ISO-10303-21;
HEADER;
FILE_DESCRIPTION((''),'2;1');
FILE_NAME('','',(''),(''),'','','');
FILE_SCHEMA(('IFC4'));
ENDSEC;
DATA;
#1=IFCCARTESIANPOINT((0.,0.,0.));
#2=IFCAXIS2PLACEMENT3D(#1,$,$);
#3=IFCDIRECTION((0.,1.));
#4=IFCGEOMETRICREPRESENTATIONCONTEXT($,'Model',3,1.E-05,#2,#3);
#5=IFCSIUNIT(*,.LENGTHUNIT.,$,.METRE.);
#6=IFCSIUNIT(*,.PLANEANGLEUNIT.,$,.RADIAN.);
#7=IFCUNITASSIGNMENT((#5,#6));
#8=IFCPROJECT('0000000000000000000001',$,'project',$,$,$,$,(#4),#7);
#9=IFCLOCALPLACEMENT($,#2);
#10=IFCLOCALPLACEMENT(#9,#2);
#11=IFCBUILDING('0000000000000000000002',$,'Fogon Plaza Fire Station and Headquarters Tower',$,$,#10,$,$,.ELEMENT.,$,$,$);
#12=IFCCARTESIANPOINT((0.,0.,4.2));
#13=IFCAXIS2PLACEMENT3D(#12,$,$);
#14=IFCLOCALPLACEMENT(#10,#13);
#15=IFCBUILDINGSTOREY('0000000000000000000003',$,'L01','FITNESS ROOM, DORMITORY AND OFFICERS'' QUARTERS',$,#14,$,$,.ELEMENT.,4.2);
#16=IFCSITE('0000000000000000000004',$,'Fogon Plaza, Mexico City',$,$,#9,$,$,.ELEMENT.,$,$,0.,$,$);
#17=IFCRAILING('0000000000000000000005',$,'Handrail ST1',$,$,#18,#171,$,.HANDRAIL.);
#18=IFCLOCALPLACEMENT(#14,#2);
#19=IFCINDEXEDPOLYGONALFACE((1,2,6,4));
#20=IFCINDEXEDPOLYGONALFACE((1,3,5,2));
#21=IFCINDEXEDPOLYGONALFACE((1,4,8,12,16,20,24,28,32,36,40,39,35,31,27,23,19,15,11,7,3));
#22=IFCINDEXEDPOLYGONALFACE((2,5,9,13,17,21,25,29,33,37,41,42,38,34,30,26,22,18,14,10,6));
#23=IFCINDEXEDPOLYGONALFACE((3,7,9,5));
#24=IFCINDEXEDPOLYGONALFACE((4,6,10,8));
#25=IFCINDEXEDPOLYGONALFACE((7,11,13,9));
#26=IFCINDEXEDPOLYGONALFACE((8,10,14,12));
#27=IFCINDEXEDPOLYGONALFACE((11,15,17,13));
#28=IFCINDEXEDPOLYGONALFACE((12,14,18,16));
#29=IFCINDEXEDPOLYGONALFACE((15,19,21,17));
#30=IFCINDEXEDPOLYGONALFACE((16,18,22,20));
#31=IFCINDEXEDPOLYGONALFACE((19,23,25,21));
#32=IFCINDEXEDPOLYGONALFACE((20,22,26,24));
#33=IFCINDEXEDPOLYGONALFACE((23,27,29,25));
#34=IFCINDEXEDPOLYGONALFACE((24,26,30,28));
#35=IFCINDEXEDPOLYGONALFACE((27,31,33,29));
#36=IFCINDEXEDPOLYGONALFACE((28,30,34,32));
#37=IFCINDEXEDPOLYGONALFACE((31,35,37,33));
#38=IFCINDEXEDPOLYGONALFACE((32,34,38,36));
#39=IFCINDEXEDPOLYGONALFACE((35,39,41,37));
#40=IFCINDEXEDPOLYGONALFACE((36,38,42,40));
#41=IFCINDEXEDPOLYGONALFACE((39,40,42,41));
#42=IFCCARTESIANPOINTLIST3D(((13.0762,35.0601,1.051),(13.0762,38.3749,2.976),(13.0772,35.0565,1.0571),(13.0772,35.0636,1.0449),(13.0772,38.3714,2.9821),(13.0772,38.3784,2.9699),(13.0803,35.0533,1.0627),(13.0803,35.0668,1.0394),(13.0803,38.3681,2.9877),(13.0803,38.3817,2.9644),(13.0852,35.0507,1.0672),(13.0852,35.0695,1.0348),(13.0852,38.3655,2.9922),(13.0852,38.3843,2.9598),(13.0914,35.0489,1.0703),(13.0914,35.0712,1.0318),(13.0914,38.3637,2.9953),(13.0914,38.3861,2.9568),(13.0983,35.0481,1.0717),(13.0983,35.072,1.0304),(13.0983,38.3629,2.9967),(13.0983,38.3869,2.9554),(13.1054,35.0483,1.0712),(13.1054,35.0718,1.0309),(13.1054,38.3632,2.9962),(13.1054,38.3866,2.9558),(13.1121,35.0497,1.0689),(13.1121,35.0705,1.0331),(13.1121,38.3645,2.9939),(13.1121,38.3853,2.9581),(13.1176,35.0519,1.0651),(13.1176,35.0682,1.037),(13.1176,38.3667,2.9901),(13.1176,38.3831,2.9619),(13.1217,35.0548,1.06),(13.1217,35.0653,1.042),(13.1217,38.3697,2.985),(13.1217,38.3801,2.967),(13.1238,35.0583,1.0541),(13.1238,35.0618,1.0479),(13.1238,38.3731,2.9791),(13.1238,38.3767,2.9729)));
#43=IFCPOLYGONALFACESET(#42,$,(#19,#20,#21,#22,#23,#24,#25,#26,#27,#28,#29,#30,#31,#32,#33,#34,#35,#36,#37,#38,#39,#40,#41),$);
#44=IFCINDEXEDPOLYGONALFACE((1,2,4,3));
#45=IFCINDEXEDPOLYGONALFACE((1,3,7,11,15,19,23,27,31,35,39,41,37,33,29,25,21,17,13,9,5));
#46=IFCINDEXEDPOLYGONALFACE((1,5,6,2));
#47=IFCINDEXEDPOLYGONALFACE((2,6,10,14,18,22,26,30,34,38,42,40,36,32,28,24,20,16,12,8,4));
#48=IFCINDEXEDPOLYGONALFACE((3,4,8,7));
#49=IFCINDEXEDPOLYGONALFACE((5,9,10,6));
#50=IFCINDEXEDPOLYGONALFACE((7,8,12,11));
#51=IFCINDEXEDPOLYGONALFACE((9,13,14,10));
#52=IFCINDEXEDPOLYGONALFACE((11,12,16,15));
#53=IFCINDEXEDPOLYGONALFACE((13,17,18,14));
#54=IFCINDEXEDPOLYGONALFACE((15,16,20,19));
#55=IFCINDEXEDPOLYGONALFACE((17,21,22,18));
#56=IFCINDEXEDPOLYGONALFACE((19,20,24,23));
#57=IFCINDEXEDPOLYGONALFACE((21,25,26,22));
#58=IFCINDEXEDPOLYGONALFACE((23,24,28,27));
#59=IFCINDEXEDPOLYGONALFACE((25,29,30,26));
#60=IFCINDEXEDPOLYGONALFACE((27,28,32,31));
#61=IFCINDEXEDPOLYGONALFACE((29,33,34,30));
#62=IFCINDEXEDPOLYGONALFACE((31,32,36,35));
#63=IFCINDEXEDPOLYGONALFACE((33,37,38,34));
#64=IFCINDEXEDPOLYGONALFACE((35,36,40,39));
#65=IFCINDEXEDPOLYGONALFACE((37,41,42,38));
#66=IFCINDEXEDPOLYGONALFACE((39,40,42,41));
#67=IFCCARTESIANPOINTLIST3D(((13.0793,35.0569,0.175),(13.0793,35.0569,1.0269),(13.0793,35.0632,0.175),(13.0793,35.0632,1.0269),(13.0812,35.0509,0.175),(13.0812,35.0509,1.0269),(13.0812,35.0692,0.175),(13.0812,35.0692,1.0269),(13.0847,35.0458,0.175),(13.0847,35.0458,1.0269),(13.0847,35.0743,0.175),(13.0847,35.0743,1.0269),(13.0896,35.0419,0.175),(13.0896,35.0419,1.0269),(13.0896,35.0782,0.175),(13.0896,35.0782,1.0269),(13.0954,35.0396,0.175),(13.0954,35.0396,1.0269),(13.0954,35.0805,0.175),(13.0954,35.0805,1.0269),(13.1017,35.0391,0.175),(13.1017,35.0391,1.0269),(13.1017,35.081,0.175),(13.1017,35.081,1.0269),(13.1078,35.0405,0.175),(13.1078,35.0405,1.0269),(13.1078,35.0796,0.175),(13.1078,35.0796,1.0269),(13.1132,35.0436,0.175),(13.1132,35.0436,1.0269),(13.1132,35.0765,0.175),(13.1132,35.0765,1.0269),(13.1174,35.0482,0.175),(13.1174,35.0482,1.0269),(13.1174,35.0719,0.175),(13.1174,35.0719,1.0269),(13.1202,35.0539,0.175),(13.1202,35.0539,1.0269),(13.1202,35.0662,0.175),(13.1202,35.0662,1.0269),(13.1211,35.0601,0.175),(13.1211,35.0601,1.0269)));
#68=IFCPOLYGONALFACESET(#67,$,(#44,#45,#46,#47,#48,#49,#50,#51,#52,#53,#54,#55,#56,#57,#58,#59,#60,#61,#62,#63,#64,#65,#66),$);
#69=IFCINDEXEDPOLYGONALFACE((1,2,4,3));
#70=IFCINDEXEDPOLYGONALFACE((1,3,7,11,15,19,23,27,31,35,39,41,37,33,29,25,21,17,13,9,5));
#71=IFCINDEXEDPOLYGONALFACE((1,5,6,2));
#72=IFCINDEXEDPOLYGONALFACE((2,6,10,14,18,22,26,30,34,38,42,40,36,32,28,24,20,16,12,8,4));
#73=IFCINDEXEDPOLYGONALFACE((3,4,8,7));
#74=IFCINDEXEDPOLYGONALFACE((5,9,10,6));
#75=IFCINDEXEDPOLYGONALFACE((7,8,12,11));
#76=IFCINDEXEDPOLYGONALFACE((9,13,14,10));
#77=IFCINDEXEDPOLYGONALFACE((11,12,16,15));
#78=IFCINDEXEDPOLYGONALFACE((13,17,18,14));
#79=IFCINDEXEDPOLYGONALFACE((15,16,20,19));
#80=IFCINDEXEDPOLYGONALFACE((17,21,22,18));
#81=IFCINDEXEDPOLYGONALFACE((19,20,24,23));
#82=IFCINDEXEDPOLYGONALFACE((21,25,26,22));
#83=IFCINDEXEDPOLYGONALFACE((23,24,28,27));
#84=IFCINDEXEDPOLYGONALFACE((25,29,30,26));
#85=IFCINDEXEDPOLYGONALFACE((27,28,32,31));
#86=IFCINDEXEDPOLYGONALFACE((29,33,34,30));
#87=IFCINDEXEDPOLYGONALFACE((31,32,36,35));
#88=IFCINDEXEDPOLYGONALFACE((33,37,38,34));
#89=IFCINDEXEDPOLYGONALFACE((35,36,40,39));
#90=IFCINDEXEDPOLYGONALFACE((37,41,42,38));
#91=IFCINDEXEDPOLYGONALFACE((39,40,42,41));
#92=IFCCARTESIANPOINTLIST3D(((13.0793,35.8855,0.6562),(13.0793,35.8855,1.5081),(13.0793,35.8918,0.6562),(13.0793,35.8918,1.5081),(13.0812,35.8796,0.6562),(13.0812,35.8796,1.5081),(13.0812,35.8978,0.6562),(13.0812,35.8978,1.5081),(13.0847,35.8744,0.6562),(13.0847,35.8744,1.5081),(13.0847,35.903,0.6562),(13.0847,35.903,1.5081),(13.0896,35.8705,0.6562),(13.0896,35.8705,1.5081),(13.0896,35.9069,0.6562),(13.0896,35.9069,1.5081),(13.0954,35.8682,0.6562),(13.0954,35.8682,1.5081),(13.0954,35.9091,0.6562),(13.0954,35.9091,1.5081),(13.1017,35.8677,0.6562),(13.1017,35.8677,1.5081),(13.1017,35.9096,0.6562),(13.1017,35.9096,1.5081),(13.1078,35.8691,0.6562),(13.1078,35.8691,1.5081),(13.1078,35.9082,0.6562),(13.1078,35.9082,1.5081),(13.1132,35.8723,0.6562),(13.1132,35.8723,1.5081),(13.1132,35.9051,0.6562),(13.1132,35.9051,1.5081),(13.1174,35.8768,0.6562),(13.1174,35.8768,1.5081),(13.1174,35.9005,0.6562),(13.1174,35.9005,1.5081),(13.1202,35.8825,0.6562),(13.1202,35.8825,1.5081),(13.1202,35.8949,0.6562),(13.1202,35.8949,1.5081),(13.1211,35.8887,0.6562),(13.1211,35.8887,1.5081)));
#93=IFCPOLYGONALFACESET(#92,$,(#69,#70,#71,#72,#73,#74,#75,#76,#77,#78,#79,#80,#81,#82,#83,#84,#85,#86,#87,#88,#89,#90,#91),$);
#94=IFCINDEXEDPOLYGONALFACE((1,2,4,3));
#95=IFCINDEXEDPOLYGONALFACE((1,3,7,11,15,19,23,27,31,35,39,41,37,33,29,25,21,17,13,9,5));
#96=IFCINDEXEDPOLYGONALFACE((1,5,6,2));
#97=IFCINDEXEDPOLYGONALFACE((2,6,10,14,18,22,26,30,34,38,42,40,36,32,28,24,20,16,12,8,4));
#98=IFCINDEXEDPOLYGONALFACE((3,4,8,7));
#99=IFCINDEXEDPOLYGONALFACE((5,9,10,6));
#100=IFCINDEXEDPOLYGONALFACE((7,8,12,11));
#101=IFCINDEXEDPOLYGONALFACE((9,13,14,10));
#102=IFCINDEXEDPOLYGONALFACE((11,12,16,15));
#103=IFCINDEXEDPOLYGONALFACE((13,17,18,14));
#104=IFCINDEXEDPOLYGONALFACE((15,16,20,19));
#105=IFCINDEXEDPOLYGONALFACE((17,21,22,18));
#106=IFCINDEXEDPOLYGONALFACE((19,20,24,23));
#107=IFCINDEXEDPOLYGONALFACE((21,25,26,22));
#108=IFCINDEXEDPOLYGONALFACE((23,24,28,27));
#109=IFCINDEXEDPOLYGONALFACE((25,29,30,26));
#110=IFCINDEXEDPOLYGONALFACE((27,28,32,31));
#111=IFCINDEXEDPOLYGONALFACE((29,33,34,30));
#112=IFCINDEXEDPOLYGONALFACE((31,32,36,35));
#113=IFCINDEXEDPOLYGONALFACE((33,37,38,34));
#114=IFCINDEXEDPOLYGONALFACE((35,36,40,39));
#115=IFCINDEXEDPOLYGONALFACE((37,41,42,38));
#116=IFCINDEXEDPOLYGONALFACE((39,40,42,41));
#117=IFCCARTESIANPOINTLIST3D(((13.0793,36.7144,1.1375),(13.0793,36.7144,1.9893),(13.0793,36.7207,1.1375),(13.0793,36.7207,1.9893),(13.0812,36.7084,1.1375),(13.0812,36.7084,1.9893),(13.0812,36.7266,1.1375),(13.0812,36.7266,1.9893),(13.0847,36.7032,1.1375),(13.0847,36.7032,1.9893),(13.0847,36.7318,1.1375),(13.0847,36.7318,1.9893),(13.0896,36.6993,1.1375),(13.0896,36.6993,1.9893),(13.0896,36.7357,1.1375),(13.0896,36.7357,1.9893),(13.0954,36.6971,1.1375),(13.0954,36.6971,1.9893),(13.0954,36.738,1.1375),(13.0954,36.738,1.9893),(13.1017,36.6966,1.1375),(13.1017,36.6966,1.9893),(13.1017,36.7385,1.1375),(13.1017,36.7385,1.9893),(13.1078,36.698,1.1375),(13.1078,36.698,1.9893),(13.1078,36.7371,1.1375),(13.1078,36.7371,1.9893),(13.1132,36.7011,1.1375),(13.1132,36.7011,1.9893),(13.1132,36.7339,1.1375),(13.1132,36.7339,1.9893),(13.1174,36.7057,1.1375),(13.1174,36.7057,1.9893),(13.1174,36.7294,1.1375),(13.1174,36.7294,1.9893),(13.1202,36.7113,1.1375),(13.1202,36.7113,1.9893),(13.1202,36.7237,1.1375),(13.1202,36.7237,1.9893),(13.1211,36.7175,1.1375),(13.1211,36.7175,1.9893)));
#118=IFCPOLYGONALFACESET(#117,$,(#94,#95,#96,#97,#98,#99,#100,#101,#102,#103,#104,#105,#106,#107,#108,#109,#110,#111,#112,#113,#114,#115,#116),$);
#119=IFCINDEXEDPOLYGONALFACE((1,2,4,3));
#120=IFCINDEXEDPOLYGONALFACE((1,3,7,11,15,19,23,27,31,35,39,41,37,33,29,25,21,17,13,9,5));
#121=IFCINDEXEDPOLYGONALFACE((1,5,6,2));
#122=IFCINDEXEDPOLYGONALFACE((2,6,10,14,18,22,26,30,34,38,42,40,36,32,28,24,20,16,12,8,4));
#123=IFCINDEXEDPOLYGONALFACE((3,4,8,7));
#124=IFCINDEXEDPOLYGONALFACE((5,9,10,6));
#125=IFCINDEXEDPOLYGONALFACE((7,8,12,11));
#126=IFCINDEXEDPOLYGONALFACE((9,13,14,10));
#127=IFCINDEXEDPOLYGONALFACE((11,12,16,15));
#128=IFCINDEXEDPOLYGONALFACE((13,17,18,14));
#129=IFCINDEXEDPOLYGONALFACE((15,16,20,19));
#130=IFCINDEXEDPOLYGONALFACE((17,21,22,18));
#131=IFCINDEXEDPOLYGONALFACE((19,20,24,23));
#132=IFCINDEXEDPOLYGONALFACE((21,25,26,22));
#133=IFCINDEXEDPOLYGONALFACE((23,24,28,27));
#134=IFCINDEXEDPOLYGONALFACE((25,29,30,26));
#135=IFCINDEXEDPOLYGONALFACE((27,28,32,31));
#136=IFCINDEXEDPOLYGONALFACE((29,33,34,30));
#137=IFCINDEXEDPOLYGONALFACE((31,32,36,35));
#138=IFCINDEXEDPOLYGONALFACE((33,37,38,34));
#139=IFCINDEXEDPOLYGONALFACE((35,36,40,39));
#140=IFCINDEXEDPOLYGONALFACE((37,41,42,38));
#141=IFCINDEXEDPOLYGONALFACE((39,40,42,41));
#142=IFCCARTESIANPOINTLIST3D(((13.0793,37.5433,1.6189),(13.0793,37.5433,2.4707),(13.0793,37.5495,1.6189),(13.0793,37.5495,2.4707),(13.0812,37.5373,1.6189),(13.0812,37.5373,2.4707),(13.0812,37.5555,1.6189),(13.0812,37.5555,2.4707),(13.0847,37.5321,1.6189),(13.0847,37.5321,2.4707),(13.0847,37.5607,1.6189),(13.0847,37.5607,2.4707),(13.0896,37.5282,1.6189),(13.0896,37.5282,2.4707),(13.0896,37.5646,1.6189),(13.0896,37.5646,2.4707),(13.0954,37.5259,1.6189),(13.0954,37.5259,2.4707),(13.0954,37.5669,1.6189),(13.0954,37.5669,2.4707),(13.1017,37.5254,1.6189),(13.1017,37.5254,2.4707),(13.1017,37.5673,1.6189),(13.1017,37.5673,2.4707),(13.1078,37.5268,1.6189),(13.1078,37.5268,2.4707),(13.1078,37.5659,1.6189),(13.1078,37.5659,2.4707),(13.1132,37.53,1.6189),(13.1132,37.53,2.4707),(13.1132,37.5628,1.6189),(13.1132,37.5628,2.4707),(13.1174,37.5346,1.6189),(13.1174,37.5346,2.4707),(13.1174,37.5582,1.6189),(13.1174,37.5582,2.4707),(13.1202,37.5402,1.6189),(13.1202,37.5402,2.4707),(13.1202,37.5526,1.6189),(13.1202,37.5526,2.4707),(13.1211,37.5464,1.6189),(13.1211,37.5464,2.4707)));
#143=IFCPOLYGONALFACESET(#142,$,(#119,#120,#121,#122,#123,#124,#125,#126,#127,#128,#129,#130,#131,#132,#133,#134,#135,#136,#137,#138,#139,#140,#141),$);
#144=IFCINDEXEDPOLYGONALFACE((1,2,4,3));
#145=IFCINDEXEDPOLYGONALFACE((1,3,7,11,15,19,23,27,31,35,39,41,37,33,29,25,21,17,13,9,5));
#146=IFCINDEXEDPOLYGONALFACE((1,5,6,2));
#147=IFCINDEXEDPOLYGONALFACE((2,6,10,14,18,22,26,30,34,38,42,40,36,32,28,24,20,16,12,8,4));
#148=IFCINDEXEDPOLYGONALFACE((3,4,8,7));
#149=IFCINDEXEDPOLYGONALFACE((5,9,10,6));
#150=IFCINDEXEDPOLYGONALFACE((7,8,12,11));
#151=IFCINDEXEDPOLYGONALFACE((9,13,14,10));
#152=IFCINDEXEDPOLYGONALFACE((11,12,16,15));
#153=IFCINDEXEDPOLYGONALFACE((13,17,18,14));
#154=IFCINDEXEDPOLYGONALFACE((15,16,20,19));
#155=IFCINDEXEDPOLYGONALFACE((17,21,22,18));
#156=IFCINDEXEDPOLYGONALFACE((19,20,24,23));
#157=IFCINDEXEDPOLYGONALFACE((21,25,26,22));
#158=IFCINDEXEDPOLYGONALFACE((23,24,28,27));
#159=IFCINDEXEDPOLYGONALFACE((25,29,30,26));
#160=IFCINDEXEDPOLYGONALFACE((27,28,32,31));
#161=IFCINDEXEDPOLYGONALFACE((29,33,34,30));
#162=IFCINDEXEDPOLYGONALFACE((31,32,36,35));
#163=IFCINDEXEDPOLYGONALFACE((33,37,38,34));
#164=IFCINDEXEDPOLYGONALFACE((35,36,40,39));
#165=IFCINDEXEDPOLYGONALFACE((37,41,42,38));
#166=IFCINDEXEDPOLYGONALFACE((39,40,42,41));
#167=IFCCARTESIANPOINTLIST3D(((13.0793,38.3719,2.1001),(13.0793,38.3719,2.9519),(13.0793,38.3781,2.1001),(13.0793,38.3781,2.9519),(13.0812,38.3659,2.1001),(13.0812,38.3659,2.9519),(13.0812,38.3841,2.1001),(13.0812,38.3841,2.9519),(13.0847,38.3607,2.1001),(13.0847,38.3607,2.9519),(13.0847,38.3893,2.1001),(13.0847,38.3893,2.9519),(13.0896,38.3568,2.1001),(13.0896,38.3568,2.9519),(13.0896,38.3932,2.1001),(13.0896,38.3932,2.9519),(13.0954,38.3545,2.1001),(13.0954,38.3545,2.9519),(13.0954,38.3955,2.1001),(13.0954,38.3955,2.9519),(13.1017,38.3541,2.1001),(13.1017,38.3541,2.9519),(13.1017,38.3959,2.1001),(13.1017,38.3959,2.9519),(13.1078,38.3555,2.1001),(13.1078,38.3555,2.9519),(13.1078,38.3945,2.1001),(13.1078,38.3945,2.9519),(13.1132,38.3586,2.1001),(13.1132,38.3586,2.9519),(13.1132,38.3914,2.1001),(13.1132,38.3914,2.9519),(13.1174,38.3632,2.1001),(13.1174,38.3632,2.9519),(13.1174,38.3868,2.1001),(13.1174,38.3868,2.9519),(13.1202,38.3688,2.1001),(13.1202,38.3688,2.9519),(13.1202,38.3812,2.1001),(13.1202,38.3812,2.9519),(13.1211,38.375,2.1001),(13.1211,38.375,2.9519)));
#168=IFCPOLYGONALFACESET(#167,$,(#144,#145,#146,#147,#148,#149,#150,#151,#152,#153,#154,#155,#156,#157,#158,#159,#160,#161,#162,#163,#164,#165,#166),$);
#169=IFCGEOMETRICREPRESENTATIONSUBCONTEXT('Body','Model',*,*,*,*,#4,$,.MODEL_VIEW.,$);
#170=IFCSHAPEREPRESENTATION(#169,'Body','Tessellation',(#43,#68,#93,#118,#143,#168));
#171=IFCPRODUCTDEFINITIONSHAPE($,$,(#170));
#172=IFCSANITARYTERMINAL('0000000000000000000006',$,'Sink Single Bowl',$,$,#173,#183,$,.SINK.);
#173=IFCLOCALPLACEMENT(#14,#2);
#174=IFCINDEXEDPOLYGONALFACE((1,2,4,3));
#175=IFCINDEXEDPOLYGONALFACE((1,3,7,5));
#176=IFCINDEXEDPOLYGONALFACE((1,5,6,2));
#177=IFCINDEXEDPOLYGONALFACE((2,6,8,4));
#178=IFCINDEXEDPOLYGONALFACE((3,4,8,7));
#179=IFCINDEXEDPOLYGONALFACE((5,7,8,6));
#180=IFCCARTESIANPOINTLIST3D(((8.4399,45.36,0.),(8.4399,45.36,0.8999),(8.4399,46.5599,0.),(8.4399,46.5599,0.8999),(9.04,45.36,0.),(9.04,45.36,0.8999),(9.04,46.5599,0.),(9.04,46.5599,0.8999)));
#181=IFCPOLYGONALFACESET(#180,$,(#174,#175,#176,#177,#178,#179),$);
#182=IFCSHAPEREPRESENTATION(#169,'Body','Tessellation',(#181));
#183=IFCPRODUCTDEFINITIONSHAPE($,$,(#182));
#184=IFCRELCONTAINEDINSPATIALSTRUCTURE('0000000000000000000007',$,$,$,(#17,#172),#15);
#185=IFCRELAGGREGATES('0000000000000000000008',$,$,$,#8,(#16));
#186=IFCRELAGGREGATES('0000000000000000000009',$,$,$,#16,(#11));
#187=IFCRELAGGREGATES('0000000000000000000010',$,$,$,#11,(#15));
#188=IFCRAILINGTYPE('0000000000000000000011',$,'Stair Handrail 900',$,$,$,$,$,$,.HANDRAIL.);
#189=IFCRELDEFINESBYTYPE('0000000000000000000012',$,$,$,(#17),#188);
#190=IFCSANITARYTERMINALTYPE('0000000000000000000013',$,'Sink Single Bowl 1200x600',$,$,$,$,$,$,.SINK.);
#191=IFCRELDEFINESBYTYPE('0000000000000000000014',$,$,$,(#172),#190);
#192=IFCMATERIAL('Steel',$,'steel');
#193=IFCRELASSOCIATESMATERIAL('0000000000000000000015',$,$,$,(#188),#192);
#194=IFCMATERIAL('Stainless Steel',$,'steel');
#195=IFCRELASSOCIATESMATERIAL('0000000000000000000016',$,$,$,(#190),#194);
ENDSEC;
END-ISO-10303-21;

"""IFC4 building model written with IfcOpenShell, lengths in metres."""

from ifc_helpers import new_model, si_unit, direction, frame, origin, origin_2d, place, context, subcontext, project, spatial, rectangle, circle, extrude, material, type_object, element, save


model = new_model("IFC4")

# Units and contexts
model_context = context("Model", 3, precision=1e-05, world=origin(), true_north=direction((0.0, 1.0)))
body_context = subcontext(model_context, "Body", "Model", "MODEL_VIEW")
ifc_project = project(units=[si_unit("LENGTHUNIT", "METRE"), si_unit("PLANEANGLEUNIT", "RADIAN")], contexts=[model_context])

# Site, building, storey
site_placement = place(None, origin())
site = spatial("IfcSite", under=ifc_project, at=site_placement, Name="Fogon Plaza, Mexico City", CompositionType="ELEMENT", RefElevation=0.0)
building_placement = place(site_placement, origin())
building = spatial("IfcBuilding", under=site, at=building_placement, Name="Fogon Plaza Fire Station and Headquarters Tower", CompositionType="ELEMENT")
storey_placement = place(building_placement, frame((0.0, 0.0, 4.2)))
storey = spatial("IfcBuildingStorey", under=building, at=storey_placement, Name="L01", Description="FITNESS ROOM, DORMITORY AND OFFICERS' QUARTERS", CompositionType="ELEMENT", Elevation=4.2)

# Railing
ifc_material_1 = material(Name="Steel", Category="steel")
railing_type = type_object("IfcRailingType", Name="Stair Handrail 900", PredefinedType="HANDRAIL", material=ifc_material_1)
railing_placement = place(storey_placement, frame((13.1001, 35.0601, 0.175)))
element("IfcRailing", 1, at=railing_placement, inside=storey, type_object=railing_type, Name="Handrail ST1", PredefinedType="HANDRAIL", context=body_context, shape_type="SweptSolid", body=[
    extrude(circle(Radius=0.0239, at=origin_2d()), frame((0.0, 0.0, 0.876), z_axis=(0.0, 0.864761, 0.502183), x_axis=(-1.0, 0.0, 0.0)), (0.0, 0.0, 1.0), 3.8333),
    extrude(circle(Radius=0.021, at=origin_2d()), origin(), (0.0, 0.0, 1.0), 0.8518),
    extrude(circle(Radius=0.021, at=origin_2d()), frame((0.0, 0.8286, 0.4812)), (0.0, 0.0, 1.0), 0.8518),
    extrude(circle(Radius=0.021, at=origin_2d()), frame((0.0, 1.6575, 0.9624)), (0.0, 0.0, 1.0), 0.8518),
    extrude(circle(Radius=0.021, at=origin_2d()), frame((0.0, 2.4863, 1.4438)), (0.0, 0.0, 1.0), 0.8518),
    extrude(circle(Radius=0.021, at=origin_2d()), frame((0.0, 3.3149, 1.925)), (0.0, 0.0, 1.0), 0.8518),
])

# Sanitary terminal
ifc_material_2 = material(Name="Stainless Steel", Category="steel")
sanitary_terminal_type = type_object("IfcSanitaryTerminalType", Name="Sink Single Bowl 1200x600", PredefinedType="SINK", material=ifc_material_2)
sanitary_terminal_placement = place(storey_placement, frame((8.74, 45.96, 0.0), z_axis=(0.0, 0.0, 1.0), x_axis=(1.0, 0.0, 0.0)))
element("IfcSanitaryTerminal", 2, at=sanitary_terminal_placement, inside=storey, type_object=sanitary_terminal_type, Name="Sink Single Bowl", PredefinedType="SINK", context=body_context, shape_type="SweptSolid", body=[
    extrude(rectangle(XDim=0.6001, YDim=1.2, at=origin_2d()), origin(), (0.0, 0.0, 1.0), 0.8999),
])

save(model, "model.ifc")
